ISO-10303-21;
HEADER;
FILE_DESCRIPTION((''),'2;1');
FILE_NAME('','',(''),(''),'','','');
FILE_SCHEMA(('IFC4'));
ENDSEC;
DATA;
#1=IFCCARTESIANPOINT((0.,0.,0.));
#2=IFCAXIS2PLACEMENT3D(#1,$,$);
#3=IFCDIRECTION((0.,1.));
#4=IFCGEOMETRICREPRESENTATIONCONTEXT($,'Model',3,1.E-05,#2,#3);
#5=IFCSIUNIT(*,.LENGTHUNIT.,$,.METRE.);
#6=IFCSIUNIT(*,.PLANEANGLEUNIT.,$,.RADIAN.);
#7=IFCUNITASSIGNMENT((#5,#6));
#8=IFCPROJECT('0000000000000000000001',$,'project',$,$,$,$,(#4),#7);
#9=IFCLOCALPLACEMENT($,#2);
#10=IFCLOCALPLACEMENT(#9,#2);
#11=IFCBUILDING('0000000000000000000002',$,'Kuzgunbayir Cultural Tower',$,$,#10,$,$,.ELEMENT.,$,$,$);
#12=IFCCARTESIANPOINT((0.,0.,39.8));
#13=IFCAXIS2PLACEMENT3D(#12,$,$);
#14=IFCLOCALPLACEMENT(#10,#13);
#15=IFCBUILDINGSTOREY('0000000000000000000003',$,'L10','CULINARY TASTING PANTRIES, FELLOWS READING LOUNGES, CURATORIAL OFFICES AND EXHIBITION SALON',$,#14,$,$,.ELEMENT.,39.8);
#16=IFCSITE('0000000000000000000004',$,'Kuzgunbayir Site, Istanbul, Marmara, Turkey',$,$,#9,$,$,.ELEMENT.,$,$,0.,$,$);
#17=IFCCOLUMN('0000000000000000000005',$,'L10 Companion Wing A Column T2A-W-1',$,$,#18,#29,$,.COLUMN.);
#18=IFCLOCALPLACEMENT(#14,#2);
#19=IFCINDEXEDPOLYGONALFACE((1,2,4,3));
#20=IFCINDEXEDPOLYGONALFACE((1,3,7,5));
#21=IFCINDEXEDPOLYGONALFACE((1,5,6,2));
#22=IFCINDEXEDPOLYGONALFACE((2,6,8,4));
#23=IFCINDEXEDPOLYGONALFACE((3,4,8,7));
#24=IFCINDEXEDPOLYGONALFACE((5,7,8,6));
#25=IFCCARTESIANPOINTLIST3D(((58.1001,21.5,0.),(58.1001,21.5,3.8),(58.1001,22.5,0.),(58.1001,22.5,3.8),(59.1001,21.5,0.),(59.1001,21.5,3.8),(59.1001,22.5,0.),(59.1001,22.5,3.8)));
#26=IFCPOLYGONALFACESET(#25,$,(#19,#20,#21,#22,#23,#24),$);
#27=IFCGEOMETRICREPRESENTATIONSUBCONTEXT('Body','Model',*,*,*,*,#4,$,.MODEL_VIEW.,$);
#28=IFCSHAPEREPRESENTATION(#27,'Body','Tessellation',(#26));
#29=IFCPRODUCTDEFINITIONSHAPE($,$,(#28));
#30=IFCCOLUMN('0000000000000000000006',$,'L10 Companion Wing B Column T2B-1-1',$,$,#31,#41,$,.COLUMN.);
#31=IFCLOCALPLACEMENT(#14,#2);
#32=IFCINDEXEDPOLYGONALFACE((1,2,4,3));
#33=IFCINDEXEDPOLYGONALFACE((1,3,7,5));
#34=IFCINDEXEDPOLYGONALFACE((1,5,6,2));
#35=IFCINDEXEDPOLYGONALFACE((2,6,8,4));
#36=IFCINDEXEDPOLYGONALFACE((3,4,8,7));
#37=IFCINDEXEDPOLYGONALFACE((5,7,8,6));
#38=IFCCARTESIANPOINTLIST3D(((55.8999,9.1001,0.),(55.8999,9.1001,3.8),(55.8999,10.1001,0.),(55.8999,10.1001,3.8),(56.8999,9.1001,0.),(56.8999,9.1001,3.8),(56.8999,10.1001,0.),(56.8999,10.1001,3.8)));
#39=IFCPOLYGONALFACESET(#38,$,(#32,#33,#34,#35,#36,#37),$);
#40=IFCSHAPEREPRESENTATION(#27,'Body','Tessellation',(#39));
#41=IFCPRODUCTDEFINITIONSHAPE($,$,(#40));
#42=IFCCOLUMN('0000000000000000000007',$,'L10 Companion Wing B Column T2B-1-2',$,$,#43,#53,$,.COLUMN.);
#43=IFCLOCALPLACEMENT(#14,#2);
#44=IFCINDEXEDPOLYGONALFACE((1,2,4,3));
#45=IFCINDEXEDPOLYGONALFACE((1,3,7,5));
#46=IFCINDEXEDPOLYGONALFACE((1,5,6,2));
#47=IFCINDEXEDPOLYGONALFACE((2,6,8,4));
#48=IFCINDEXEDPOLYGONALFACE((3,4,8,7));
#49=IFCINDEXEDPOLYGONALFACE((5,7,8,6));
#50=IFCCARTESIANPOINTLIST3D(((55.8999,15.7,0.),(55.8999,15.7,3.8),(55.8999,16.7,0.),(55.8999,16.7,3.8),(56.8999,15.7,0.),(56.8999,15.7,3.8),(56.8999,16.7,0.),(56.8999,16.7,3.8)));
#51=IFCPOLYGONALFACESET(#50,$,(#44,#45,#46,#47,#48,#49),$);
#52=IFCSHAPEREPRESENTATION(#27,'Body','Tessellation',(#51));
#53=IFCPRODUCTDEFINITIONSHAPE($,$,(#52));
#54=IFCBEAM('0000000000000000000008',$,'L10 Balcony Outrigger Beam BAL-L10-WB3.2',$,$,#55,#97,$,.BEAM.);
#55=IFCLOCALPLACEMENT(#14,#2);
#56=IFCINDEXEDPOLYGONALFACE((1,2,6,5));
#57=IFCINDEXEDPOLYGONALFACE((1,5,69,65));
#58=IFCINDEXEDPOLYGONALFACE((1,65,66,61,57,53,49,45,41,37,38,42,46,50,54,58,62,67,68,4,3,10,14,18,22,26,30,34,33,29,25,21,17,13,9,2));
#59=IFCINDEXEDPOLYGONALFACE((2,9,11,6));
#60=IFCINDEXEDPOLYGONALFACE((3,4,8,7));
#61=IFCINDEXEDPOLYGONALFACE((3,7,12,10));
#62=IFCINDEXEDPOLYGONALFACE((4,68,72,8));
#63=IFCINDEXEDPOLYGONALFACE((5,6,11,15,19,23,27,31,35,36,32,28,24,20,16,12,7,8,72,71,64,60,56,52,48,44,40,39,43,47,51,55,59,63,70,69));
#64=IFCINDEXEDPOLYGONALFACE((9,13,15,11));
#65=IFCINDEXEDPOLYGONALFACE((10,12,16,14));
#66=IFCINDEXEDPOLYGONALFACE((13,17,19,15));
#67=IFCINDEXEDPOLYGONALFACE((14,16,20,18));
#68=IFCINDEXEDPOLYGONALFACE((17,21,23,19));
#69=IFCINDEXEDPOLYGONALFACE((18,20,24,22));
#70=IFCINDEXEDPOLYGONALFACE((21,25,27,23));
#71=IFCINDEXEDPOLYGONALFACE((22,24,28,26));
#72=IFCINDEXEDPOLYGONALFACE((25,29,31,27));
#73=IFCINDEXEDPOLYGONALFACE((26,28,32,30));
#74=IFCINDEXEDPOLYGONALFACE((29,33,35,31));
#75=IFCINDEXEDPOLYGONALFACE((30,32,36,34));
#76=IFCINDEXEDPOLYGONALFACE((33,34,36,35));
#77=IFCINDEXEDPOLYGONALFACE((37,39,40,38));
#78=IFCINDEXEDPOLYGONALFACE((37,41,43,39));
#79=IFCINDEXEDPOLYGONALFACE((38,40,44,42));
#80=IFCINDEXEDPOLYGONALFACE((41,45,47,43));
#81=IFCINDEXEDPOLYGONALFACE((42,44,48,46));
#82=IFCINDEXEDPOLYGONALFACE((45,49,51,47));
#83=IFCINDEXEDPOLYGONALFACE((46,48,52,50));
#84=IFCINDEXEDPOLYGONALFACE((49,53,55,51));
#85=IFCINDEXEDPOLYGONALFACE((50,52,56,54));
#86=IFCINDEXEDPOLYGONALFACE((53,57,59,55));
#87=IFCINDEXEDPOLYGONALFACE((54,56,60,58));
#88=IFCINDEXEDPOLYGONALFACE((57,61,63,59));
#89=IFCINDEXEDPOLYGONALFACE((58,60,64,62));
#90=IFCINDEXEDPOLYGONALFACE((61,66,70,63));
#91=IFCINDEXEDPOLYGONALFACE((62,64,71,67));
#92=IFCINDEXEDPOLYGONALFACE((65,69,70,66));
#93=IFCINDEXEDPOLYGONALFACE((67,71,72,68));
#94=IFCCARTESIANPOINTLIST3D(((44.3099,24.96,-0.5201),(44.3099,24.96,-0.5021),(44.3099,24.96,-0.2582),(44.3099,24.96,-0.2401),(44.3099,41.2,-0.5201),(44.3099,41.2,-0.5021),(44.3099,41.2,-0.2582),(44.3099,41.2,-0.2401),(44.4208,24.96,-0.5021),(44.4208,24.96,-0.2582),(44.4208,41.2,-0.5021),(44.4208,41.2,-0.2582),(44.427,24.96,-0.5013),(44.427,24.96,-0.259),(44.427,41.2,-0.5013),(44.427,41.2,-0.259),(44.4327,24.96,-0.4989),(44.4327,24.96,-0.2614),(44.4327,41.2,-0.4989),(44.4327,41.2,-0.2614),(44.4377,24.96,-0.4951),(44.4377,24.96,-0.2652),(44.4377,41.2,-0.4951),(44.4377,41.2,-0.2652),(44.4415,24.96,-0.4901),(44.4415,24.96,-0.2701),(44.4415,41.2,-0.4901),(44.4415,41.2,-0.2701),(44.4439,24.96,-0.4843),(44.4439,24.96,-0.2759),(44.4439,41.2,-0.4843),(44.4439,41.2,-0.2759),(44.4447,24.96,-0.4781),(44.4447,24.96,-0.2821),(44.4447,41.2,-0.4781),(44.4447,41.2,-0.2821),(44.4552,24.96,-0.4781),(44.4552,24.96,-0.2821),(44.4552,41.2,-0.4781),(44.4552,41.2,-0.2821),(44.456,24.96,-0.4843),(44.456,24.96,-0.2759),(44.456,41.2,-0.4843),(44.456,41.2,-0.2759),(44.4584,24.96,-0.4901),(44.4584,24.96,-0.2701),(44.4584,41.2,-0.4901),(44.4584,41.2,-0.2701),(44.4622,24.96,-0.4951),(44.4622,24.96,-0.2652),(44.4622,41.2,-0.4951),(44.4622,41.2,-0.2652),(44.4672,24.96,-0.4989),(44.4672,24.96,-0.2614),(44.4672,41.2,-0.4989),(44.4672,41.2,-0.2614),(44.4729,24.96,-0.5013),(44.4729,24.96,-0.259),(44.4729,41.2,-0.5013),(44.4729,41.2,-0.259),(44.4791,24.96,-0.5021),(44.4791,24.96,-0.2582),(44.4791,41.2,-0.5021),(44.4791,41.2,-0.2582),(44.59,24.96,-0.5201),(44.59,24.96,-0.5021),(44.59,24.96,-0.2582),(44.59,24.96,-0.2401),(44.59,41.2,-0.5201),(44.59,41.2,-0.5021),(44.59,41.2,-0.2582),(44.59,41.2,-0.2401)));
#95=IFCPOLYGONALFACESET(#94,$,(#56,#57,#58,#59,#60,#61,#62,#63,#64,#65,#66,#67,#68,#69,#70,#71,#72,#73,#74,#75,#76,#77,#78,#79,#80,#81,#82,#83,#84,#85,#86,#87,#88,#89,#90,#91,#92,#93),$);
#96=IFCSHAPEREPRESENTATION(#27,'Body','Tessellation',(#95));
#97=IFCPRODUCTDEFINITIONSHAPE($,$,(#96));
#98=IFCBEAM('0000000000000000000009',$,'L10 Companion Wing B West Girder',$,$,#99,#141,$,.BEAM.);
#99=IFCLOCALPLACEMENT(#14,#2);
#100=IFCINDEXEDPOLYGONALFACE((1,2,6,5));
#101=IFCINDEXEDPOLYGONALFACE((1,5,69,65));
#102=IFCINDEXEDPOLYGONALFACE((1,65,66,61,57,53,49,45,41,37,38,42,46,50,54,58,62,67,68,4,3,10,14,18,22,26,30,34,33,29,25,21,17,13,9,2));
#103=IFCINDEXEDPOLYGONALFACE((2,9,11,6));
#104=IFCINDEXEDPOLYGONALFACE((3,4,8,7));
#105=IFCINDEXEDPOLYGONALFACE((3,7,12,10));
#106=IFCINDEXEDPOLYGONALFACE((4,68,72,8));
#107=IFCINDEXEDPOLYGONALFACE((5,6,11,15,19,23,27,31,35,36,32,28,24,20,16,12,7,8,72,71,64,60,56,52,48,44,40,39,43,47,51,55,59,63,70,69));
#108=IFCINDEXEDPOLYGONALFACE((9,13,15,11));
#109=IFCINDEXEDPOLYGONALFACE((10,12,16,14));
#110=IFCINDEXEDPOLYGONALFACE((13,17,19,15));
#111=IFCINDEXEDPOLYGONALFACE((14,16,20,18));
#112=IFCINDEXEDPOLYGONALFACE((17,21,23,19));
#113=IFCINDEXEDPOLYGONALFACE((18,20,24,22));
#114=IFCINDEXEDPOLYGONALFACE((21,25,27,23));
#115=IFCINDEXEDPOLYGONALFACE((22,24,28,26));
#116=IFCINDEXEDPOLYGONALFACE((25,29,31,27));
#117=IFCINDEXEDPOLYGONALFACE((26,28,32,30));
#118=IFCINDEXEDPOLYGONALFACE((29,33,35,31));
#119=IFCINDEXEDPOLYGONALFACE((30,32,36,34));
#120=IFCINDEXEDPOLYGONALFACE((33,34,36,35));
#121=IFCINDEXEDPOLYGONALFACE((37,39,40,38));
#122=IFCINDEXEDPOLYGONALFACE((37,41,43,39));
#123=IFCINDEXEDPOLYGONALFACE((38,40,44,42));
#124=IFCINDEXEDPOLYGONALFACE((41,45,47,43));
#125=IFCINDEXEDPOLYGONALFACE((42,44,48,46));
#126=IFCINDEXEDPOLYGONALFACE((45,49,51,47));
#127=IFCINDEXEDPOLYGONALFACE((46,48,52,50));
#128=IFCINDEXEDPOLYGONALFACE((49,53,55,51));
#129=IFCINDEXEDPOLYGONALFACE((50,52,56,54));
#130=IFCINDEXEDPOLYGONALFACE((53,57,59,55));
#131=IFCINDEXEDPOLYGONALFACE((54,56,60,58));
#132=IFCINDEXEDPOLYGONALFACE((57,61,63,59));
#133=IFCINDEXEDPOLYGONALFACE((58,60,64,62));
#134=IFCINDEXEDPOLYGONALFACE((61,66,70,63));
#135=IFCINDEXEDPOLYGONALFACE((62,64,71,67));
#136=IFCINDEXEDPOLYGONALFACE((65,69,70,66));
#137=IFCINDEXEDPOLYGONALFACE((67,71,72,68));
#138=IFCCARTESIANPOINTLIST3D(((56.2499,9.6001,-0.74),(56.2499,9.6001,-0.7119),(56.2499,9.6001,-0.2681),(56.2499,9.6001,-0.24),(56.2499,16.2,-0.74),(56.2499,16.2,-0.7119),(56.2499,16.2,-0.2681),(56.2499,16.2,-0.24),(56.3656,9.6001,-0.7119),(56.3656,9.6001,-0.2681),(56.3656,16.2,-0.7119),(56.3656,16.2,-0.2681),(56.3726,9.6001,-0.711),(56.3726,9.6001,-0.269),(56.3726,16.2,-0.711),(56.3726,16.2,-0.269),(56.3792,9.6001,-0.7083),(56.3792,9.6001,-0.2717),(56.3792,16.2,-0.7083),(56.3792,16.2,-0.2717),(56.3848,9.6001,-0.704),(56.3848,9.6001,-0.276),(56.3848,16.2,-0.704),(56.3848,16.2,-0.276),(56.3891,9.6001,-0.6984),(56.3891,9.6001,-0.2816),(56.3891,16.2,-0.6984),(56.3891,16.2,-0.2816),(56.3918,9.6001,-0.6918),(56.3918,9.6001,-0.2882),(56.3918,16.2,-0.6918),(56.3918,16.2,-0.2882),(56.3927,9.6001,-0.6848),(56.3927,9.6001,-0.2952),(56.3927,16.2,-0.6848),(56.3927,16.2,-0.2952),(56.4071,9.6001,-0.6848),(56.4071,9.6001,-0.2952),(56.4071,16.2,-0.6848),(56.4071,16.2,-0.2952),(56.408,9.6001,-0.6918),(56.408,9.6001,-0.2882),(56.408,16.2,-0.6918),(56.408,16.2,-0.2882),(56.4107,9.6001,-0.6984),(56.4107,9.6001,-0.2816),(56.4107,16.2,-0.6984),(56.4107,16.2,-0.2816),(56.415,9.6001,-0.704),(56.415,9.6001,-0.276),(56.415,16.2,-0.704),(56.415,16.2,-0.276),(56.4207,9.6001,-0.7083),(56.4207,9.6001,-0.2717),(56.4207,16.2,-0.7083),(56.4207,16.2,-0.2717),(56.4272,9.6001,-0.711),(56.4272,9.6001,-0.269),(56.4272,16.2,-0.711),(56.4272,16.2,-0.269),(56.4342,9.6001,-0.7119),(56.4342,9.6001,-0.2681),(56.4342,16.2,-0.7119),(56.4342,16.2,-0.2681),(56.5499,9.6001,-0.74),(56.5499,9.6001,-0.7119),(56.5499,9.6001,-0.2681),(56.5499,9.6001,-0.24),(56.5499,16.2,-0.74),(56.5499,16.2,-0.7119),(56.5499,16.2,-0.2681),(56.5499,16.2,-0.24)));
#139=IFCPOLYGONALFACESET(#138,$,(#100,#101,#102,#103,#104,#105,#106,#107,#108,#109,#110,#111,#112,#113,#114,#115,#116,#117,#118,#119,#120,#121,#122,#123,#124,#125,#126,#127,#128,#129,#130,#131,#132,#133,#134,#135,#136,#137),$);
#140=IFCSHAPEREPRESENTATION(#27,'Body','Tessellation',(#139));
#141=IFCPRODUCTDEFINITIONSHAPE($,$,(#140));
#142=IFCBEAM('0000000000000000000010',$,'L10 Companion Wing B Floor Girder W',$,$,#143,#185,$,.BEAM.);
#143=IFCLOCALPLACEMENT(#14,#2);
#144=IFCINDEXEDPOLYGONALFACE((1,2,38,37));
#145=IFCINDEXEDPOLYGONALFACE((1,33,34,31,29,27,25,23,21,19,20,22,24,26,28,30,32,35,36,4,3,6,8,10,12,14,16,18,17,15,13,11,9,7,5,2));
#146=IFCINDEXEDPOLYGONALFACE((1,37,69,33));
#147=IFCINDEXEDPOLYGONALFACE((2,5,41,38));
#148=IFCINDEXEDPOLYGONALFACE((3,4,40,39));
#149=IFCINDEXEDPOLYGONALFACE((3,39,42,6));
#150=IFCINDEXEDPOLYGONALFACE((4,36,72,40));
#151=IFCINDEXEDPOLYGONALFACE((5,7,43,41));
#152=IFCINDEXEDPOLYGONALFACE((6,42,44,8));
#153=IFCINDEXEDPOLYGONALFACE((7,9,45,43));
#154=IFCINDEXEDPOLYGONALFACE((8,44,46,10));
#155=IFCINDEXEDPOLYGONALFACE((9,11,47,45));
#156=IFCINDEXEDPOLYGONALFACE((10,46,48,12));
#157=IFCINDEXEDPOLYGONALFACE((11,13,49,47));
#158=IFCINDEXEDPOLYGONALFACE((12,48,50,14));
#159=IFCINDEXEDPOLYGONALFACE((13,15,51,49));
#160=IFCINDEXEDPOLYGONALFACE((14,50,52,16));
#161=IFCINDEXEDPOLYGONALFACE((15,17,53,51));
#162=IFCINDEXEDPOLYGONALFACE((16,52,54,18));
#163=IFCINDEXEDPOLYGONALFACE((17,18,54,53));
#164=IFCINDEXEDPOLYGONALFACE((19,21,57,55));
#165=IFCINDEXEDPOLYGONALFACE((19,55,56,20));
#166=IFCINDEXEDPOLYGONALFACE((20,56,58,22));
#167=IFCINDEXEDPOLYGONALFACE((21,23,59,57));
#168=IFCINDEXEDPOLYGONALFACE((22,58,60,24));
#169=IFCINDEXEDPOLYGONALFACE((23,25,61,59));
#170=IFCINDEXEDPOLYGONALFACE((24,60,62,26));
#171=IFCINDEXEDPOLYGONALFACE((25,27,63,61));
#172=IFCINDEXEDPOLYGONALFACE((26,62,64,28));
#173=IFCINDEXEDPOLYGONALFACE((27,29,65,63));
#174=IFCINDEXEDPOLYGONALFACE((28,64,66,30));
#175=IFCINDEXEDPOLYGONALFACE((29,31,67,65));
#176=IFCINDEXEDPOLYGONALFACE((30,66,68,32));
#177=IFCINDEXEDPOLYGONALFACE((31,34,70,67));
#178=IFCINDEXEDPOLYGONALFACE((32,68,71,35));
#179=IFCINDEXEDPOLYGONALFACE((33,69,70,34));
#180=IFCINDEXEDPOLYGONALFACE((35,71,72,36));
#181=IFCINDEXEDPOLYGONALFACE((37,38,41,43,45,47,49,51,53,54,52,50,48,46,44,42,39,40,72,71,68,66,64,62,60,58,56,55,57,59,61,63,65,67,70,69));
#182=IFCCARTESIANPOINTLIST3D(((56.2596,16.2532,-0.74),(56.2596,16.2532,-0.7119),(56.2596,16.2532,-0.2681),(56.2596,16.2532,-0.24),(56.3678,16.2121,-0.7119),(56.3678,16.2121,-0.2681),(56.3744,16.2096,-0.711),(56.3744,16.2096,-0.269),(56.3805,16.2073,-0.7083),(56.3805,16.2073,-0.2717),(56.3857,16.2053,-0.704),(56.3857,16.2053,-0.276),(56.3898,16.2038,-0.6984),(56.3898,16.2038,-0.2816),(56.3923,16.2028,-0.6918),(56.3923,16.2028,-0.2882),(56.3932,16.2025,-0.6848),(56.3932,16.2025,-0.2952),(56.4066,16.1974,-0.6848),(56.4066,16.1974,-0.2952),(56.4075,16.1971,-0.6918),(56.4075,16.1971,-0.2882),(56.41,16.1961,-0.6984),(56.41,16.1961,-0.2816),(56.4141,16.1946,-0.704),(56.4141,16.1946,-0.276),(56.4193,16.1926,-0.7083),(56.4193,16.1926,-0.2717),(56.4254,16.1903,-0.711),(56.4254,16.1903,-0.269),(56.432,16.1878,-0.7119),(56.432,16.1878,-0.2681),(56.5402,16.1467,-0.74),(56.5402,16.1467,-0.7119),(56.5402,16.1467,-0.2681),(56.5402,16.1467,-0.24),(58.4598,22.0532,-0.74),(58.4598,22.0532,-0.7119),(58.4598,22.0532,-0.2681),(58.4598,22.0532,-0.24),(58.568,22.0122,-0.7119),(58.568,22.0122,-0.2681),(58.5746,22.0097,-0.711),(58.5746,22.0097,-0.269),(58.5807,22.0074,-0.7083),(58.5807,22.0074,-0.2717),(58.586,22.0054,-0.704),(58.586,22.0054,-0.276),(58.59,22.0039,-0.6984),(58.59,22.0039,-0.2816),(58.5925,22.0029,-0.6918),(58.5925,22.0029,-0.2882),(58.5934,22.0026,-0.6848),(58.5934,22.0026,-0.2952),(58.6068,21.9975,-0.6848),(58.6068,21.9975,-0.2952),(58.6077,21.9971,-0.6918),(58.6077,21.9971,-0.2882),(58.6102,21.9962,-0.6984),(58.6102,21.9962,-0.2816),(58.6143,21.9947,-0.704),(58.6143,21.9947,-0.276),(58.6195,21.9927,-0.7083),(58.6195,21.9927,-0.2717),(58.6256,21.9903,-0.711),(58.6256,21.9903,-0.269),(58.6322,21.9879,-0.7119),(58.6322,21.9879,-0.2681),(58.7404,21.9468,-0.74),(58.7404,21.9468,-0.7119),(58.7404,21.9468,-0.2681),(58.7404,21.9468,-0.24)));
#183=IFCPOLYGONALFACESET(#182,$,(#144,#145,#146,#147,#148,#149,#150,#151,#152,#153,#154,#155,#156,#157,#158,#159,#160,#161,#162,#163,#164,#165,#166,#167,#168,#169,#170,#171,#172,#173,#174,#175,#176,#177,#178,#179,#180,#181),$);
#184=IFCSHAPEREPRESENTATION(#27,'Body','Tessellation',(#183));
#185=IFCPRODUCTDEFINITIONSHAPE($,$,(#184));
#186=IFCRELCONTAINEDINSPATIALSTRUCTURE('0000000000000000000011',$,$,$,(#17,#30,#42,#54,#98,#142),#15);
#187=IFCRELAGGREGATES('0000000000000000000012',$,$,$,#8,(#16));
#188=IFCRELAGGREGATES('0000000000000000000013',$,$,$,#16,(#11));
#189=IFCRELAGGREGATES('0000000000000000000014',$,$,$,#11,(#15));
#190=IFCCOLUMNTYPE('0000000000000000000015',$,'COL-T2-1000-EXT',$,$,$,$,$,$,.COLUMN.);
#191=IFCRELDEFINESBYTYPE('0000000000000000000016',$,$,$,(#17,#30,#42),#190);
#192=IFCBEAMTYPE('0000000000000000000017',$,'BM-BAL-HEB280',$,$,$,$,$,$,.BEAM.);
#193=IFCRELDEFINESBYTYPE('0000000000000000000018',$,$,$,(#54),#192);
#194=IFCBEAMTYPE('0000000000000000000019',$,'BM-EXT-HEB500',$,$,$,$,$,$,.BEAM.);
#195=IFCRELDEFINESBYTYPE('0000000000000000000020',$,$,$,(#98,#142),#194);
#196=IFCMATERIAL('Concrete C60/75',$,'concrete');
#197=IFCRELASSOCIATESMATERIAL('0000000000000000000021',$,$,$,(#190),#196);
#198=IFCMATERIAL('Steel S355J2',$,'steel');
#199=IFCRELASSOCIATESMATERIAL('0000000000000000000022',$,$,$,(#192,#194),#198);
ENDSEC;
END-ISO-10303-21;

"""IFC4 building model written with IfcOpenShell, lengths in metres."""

from ifc_helpers import new_model, si_unit, direction, frame, origin, origin_2d, place, context, subcontext, project, spatial, rectangle, i_section, extrude, material, material_profile, profile_set, type_object, element, save


model = new_model("IFC4")

# Units and contexts
model_context = context("Model", 3, precision=1e-05, world=origin(), true_north=direction((0.0, 1.0)))
body_context = subcontext(model_context, "Body", "Model", "MODEL_VIEW")
ifc_project = project(units=[si_unit("LENGTHUNIT", "METRE"), si_unit("PLANEANGLEUNIT", "RADIAN")], contexts=[model_context])

# Site, building, storey
site_placement = place(None, origin())
site = spatial("IfcSite", under=ifc_project, at=site_placement, Name="Kuzgunbayir Site, Istanbul, Marmara, Turkey", CompositionType="ELEMENT", RefElevation=0.0)
building_placement = place(site_placement, origin())
building = spatial("IfcBuilding", under=site, at=building_placement, Name="Kuzgunbayir Cultural Tower", CompositionType="ELEMENT")
storey_placement = place(building_placement, frame((0.0, 0.0, 39.8)))
storey = spatial("IfcBuildingStorey", under=building, at=storey_placement, Name="L10", Description="CULINARY TASTING PANTRIES, FELLOWS READING LOUNGES, CURATORIAL OFFICES AND EXHIBITION SALON", CompositionType="ELEMENT", Elevation=39.8)

# Columns
ifc_material_1 = material(Name="Concrete C60/75", Category="concrete")
ifc_material_profile_1 = material_profile(ifc_material_1, rectangle(XDim=1.0, YDim=1.0, at=origin_2d()), Name="RC 1000x1000")
ifc_profile_set_1 = profile_set([ifc_material_profile_1], Name="Concrete C60/75")
column_type = type_object("IfcColumnType", Name="COL-T2-1000-EXT", PredefinedType="COLUMN", material=ifc_profile_set_1)
for number, where, z_axis, x_axis, name in (
    (1, (58.6001, 22.0, 0.0), (0.0, 0.0, 1.0), (1.0, 0.0, 0.0), "L10 Companion Wing A Column T2A-W-1"),
    (2, (56.3999, 9.6001, 0.0), (0.0, 0.0, 1.0), (1.0, 0.0, 0.0), "L10 Companion Wing B Column T2B-1-1"),
    (3, (56.3999, 16.2, 0.0), (0.0, 0.0, 1.0), (1.0, 0.0, 0.0), "L10 Companion Wing B Column T2B-1-2"),
):
    element("IfcColumn", number, at=place(storey_placement, frame(where, z_axis=z_axis, x_axis=x_axis)), inside=storey, type_object=column_type, Name=name, PredefinedType="COLUMN", context=body_context, shape_type="SweptSolid", body=[
        extrude(rectangle(XDim=1.0, YDim=1.0, at=origin_2d()), origin(), (0.0, 0.0, 1.0), 3.8),
    ])

# Beams
ifc_material_2 = material(Name="Steel S355J2", Category="steel")
ifc_material_profile_2 = material_profile(ifc_material_2, i_section(OverallWidth=0.28, OverallDepth=0.28, WebThickness=0.0105, FlangeThickness=0.0181, FilletRadius=0.0239, at=origin_2d()), Name="HEB 280")
ifc_profile_set_2 = profile_set([ifc_material_profile_2], Name="Steel S355J2")
beam_type_1 = type_object("IfcBeamType", Name="BM-BAL-HEB280", PredefinedType="BEAM", material=ifc_profile_set_2)
beam_1_placement = place(storey_placement, frame((44.45, 24.96, -0.3801), z_axis=(0.0, 1.0, 0.0), x_axis=(-1.0, 0.0, 0.0)))
element("IfcBeam", 4, at=beam_1_placement, inside=storey, type_object=beam_type_1, Name="L10 Balcony Outrigger Beam BAL-L10-WB3.2", PredefinedType="BEAM", context=body_context, shape_type="SweptSolid", body=[
    extrude(i_section(OverallWidth=0.28, OverallDepth=0.28, WebThickness=0.0105, FlangeThickness=0.0181, FilletRadius=0.0239, at=origin_2d()), origin(), (0.0, 0.0, 1.0), 16.24),
])
ifc_material_profile_3 = material_profile(ifc_material_2, i_section(OverallWidth=0.3, OverallDepth=0.5, WebThickness=0.0144, FlangeThickness=0.0281, FilletRadius=0.0271, at=origin_2d()), Name="HEB 500")
ifc_profile_set_3 = profile_set([ifc_material_profile_3], Name="Steel S355J2")
beam_type_2 = type_object("IfcBeamType", Name="BM-EXT-HEB500", PredefinedType="BEAM", material=ifc_profile_set_3)
beam_2_placement = place(storey_placement, frame((56.3999, 9.6001, -0.49), z_axis=(0.0, 1.0, 0.0), x_axis=(-1.0, 0.0, 0.0)))
element("IfcBeam", 5, at=beam_2_placement, inside=storey, type_object=beam_type_2, Name="L10 Companion Wing B West Girder", PredefinedType="BEAM", context=body_context, shape_type="SweptSolid", body=[
    extrude(i_section(OverallWidth=0.3, OverallDepth=0.5, WebThickness=0.0144, FlangeThickness=0.0281, FilletRadius=0.0271, at=origin_2d()), origin(), (0.0, 0.0, 1.0), 6.5999),
])
beam_3_placement = place(storey_placement, frame((56.3999, 16.2, -0.49), z_axis=(0.354679, 0.934988, 0.0), x_axis=(-0.934988, 0.354679, 0.0)))
element("IfcBeam", 6, at=beam_3_placement, inside=storey, type_object=beam_type_2, Name="L10 Companion Wing B Floor Girder W", PredefinedType="BEAM", context=body_context, shape_type="SweptSolid", body=[
    extrude(i_section(OverallWidth=0.3, OverallDepth=0.5, WebThickness=0.0144, FlangeThickness=0.0281, FilletRadius=0.0271, at=origin_2d()), origin(), (0.0, 0.0, 1.0), 6.2034),
])

save(model, "model.ifc")
